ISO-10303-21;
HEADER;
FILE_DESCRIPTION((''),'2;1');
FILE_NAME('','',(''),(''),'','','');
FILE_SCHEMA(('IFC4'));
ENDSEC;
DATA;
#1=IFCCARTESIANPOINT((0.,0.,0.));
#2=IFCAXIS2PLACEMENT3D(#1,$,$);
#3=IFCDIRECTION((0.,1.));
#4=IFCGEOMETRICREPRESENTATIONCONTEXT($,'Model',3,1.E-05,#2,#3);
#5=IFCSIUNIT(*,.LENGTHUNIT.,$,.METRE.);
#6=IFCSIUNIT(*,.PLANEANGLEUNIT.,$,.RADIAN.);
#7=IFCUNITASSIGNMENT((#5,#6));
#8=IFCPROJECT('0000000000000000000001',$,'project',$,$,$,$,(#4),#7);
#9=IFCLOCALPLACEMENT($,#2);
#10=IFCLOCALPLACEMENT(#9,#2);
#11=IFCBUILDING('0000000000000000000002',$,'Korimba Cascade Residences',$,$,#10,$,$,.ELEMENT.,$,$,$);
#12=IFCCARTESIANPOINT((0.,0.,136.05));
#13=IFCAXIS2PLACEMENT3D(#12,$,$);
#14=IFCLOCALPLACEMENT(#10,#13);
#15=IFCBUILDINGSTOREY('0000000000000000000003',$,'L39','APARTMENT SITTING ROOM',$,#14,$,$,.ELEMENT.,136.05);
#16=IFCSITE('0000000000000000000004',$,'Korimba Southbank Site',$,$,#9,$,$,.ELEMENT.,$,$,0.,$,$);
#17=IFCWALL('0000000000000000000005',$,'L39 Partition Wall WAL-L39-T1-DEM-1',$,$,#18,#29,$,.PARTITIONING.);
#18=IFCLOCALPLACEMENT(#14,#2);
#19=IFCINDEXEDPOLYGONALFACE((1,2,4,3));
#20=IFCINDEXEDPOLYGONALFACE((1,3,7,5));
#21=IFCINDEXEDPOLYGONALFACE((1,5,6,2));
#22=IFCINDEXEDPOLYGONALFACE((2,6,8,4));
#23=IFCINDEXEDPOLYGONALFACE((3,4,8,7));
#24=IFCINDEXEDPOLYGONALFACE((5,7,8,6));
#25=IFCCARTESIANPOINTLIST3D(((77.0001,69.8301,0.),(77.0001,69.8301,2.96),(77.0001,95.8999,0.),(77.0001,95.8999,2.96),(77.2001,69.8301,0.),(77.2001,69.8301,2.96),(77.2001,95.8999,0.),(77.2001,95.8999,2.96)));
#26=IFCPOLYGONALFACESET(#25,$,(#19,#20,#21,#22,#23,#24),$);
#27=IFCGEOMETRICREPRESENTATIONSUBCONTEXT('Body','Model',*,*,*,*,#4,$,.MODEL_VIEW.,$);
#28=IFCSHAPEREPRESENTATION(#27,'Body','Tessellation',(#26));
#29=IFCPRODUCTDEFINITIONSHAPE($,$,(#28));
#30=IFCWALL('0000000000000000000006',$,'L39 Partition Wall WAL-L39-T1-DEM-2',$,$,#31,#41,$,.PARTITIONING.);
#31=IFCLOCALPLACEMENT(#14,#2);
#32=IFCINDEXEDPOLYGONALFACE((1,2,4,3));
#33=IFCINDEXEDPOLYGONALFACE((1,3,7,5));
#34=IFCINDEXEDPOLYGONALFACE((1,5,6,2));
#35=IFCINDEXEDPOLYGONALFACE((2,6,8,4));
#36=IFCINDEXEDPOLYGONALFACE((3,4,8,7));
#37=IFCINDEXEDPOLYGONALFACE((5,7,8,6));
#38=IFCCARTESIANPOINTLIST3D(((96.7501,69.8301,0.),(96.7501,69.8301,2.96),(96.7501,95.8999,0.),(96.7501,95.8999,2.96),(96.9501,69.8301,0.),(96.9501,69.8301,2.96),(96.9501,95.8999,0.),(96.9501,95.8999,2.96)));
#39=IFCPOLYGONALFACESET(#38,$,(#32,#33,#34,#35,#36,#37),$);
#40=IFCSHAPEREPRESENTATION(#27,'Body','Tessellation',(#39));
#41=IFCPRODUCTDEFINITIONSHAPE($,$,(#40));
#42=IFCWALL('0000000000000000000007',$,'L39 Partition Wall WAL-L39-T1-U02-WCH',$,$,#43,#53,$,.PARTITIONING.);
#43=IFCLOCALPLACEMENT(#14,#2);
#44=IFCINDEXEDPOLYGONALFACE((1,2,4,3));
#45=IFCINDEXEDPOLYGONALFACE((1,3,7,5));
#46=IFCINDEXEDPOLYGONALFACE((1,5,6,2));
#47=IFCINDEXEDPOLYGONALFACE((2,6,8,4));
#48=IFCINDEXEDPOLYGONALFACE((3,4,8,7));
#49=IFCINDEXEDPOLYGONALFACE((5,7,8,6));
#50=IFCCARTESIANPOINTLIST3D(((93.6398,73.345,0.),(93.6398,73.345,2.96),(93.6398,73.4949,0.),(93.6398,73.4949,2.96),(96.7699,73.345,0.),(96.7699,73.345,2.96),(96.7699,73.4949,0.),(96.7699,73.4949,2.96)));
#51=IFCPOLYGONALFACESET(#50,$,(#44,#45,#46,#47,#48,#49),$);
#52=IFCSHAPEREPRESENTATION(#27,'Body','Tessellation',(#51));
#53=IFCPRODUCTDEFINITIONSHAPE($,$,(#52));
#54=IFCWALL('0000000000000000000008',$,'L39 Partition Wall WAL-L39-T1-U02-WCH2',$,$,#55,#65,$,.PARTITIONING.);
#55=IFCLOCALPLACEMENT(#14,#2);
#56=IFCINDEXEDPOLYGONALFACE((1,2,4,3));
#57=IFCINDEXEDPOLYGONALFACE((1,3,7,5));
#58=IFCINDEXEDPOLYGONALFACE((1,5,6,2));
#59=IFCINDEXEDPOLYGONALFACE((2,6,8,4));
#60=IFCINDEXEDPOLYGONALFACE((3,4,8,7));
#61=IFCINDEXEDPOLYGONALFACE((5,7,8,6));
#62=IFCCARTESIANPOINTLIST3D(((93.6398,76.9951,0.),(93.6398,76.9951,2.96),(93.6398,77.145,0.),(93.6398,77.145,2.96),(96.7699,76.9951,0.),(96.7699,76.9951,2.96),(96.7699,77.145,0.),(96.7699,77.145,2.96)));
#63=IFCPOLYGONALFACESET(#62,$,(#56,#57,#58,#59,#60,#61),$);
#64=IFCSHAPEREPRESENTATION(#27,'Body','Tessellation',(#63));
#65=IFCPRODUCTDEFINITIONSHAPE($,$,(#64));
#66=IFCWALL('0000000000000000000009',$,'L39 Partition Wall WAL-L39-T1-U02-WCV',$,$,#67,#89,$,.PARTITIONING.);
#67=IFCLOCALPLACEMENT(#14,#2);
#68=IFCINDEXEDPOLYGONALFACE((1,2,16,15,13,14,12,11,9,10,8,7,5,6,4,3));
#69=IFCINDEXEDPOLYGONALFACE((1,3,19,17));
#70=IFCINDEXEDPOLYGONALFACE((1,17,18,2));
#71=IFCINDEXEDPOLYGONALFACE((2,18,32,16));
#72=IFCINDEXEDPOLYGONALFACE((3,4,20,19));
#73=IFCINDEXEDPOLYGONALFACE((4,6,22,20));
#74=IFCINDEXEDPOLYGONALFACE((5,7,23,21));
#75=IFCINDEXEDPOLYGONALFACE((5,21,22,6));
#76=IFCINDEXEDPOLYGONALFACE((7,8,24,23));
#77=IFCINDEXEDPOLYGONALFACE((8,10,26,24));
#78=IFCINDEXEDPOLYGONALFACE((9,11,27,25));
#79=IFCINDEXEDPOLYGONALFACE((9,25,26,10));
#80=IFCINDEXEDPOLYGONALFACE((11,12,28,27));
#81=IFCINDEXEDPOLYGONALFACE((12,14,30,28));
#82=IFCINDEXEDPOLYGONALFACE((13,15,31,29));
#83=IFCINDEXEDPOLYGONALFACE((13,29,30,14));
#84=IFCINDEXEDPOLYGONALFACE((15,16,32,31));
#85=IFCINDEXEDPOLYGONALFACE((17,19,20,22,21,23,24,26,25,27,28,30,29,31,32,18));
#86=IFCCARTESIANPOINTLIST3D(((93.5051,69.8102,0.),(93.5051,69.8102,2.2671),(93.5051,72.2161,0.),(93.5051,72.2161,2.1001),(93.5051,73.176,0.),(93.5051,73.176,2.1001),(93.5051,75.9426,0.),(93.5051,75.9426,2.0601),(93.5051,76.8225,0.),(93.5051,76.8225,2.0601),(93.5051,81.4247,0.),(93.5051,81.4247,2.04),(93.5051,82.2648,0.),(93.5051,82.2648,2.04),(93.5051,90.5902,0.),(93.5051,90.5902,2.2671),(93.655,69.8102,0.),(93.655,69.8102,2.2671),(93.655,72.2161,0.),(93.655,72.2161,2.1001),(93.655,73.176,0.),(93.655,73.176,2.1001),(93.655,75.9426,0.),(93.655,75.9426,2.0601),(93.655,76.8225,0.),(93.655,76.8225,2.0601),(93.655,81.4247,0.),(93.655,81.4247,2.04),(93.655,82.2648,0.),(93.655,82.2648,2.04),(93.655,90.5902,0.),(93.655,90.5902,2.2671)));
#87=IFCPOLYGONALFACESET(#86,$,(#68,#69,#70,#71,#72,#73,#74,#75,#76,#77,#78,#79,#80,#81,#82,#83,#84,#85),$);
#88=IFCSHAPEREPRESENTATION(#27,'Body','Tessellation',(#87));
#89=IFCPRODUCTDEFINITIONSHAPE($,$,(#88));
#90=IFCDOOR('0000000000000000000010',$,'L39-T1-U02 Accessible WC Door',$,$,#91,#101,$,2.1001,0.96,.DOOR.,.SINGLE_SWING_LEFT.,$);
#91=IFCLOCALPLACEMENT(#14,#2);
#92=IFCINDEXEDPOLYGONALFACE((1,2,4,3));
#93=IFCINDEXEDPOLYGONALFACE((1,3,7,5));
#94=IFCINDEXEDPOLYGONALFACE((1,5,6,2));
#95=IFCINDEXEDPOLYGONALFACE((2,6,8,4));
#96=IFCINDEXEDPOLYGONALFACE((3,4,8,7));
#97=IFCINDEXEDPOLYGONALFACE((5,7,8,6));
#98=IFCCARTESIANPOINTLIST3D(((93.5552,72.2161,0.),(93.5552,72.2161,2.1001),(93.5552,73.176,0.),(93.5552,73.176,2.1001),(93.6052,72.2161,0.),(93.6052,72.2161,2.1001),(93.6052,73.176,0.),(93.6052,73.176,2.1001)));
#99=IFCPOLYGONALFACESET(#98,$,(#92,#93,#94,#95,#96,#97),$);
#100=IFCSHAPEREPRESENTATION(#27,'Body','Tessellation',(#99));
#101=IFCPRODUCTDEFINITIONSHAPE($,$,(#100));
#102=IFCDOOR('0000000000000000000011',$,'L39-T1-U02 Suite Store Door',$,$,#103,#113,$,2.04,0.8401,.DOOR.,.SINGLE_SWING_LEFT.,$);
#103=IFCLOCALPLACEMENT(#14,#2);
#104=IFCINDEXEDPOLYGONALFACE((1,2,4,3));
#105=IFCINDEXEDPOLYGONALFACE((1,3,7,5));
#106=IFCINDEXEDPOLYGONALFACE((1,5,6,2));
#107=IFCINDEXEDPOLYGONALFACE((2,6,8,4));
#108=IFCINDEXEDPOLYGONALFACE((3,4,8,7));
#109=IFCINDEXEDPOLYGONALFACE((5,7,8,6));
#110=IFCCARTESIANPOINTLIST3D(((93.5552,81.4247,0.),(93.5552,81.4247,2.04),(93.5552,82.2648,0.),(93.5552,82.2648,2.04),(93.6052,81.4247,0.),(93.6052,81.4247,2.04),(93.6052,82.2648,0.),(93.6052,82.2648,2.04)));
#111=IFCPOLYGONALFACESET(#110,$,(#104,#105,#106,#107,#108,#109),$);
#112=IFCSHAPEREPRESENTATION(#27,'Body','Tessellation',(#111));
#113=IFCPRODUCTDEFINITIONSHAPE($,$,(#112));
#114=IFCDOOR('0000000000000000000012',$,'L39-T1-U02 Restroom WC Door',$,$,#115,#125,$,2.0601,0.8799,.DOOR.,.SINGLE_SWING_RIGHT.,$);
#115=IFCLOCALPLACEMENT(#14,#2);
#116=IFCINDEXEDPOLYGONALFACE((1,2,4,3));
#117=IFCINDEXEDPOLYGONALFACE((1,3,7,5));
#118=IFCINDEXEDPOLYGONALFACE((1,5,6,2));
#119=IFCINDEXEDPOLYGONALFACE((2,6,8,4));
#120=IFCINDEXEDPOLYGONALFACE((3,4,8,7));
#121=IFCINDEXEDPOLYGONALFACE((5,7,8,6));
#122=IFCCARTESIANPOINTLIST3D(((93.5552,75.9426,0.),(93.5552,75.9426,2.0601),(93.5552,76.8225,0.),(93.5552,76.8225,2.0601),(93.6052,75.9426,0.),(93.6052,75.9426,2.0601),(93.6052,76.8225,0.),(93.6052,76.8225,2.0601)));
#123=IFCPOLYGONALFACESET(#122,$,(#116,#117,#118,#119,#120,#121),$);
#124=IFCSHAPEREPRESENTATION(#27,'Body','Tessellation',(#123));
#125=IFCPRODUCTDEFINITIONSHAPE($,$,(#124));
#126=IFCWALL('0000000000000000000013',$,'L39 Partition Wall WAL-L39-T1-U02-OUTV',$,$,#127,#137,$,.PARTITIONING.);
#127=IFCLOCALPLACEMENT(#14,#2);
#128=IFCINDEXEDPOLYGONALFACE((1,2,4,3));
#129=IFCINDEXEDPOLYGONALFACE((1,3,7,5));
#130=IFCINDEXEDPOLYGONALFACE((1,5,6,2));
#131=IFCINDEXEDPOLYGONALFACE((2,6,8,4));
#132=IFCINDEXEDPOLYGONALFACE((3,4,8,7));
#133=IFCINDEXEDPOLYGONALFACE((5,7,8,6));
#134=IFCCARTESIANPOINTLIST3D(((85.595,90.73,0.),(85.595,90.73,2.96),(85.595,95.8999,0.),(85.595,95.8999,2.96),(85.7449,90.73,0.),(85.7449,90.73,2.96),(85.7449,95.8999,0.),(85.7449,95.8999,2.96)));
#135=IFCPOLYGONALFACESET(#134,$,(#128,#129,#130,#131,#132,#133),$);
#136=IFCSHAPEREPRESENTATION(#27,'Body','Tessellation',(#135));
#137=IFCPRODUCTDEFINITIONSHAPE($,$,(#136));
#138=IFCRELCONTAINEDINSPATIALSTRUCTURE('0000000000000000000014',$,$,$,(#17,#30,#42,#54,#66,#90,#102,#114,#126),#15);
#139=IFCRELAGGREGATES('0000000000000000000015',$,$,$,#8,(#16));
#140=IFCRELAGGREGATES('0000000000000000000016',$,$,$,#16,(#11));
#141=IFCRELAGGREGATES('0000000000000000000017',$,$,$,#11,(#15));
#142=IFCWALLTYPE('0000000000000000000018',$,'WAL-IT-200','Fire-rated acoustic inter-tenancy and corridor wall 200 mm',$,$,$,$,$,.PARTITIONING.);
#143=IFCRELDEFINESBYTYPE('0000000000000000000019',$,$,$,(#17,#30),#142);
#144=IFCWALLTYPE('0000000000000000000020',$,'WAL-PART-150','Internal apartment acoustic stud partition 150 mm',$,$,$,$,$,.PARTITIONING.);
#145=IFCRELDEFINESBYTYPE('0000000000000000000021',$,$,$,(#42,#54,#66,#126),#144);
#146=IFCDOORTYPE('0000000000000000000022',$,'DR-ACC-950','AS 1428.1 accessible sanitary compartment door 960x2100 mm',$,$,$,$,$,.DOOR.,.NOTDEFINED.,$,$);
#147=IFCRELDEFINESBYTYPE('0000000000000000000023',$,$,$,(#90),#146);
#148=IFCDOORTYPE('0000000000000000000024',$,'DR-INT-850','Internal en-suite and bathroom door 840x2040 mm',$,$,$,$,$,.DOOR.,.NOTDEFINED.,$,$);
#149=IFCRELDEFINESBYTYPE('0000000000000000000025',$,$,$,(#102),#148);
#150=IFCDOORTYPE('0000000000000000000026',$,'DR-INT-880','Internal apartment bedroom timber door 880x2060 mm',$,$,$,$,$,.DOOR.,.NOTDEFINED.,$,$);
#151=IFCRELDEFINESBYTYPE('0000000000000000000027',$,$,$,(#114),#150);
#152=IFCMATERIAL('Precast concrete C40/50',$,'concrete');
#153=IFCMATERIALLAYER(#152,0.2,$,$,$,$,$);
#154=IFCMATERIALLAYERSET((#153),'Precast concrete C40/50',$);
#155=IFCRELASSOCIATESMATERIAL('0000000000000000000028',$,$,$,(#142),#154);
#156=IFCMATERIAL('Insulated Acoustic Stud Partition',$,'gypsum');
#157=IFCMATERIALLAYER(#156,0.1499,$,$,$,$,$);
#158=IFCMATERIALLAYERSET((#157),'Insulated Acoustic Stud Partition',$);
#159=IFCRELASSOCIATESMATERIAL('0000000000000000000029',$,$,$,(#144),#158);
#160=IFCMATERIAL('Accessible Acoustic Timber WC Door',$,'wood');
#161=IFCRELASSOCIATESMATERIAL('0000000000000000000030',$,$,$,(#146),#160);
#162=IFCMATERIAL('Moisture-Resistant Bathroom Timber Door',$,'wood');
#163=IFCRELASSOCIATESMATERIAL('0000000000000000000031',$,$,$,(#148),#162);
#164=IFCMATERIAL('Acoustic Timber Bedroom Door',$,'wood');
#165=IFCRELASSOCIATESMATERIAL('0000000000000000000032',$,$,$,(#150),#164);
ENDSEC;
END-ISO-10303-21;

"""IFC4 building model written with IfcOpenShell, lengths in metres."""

from ifc_helpers import new_model, si_unit, direction, frame, frame_2d, origin, place, context, subcontext, project, spatial, rectangle, extrude, material, layer, layer_set, type_object, element, fill, save


model = new_model("IFC4")

# Units and contexts
model_context = context("Model", 3, precision=1e-05, world=origin(), true_north=direction((0.0, 1.0)))
body_context = subcontext(model_context, "Body", "Model", "MODEL_VIEW")
ifc_project = project(units=[si_unit("LENGTHUNIT", "METRE"), si_unit("PLANEANGLEUNIT", "RADIAN")], contexts=[model_context])

# Site, building, storey
site_placement = place(None, origin())
site = spatial("IfcSite", under=ifc_project, at=site_placement, Name="Korimba Southbank Site", CompositionType="ELEMENT", RefElevation=0.0)
building_placement = place(site_placement, origin())
building = spatial("IfcBuilding", under=site, at=building_placement, Name="Korimba Cascade Residences", CompositionType="ELEMENT")
storey_placement = place(building_placement, frame((0.0, 0.0, 136.05)))
storey = spatial("IfcBuildingStorey", under=building, at=storey_placement, Name="L39", Description="APARTMENT SITTING ROOM", CompositionType="ELEMENT", Elevation=136.05)

# Walls
ifc_material_1 = material(Name="Precast concrete C40/50", Category="concrete")
ifc_layer_1 = layer(ifc_material_1, 0.2)
ifc_layer_set_1 = layer_set([ifc_layer_1], Name="Precast concrete C40/50")
wall_type_1 = type_object("IfcWallType", Name="WAL-IT-200", Description="Fire-rated acoustic inter-tenancy and corridor wall 200 mm", PredefinedType="PARTITIONING", material=ifc_layer_set_1)
for number, where, z_axis, x_axis, name in (
    (1, (77.1001, 69.8301, 0.0), (0.0, 0.0, 1.0), (0.0, 1.0, 0.0), "L39 Partition Wall WAL-L39-T1-DEM-1"),
    (2, (96.8501, 69.8301, 0.0), (0.0, 0.0, 1.0), (0.0, 1.0, 0.0), "L39 Partition Wall WAL-L39-T1-DEM-2"),
):
    element("IfcWall", number, at=place(storey_placement, frame(where, z_axis=z_axis, x_axis=x_axis)), inside=storey, type_object=wall_type_1, Name=name, PredefinedType="PARTITIONING", context=body_context, shape_type="SweptSolid", body=[
        extrude(rectangle(XDim=26.0698, YDim=0.2, at=frame_2d((13.0349, 0.0))), origin(), (0.0, 0.0, 1.0), 2.96),
    ])
ifc_material_2 = material(Name="Insulated Acoustic Stud Partition", Category="gypsum")
ifc_layer_2 = layer(ifc_material_2, 0.1499)
ifc_layer_set_2 = layer_set([ifc_layer_2], Name="Insulated Acoustic Stud Partition")
wall_type_2 = type_object("IfcWallType", Name="WAL-PART-150", Description="Internal apartment acoustic stud partition 150 mm", PredefinedType="PARTITIONING", material=ifc_layer_set_2)
for number, where, z_axis, x_axis, name in (
    (3, (93.6399, 73.4199, 0.0), (0.0, 0.0, 1.0), (1.0, 0.0, 0.0), "L39 Partition Wall WAL-L39-T1-U02-WCH"),
    (4, (93.6399, 77.0701, 0.0), (0.0, 0.0, 1.0), (1.0, 0.0, 0.0), "L39 Partition Wall WAL-L39-T1-U02-WCH2"),
):
    element("IfcWall", number, at=place(storey_placement, frame(where, z_axis=z_axis, x_axis=x_axis)), inside=storey, type_object=wall_type_2, Name=name, PredefinedType="PARTITIONING", context=body_context, shape_type="SweptSolid", body=[
        extrude(rectangle(XDim=3.1301, YDim=0.1499, at=frame_2d((1.5649, 0.0))), origin(), (0.0, 0.0, 1.0), 2.96),
    ])

# Wall, openings, doors
wall_1_placement = place(storey_placement, frame((93.5801, 69.8101, 0.0), z_axis=(0.0, 0.0, 1.0), x_axis=(0.0, 1.0, 0.0)))
wall_1 = element("IfcWall", 5, at=wall_1_placement, inside=storey, type_object=wall_type_2, Name="L39 Partition Wall WAL-L39-T1-U02-WCV", PredefinedType="PARTITIONING", context=body_context, shape_type="SweptSolid", body=[
    extrude(rectangle(XDim=20.78, YDim=0.1499, at=frame_2d((10.3901, 0.0))), origin(), (0.0, 0.0, 1.0), 2.2671),
])
opening_1_placement = place(wall_1_placement, frame((2.406, 0.0, 0.0)))
opening_1 = element("IfcOpeningElement", 6, at=opening_1_placement, cuts=wall_1, PredefinedType="OPENING", context=body_context, shape_type="SweptSolid", body=[
    extrude(rectangle(XDim=0.96, YDim=2.1001, at=frame_2d((0.48, 1.05))), frame((0.0, 0.085, 0.0), z_axis=(0.0, -1.0, 0.0), x_axis=(1.0, 0.0, 0.0)), (0.0, 0.0, 1.0), 0.1699),
])
opening_2_placement = place(wall_1_placement, frame((6.1326, 0.0, 0.0)))
opening_2 = element("IfcOpeningElement", 7, at=opening_2_placement, cuts=wall_1, PredefinedType="OPENING", context=body_context, shape_type="SweptSolid", body=[
    extrude(rectangle(XDim=0.8799, YDim=2.0601, at=frame_2d((0.4399, 1.03))), frame((0.0, 0.085, 0.0), z_axis=(0.0, -1.0, 0.0), x_axis=(1.0, 0.0, 0.0)), (0.0, 0.0, 1.0), 0.1699),
])
opening_3_placement = place(wall_1_placement, frame((11.6147, 0.0, 0.0)))
opening_3 = element("IfcOpeningElement", 8, at=opening_3_placement, cuts=wall_1, PredefinedType="OPENING", context=body_context, shape_type="SweptSolid", body=[
    extrude(rectangle(XDim=0.8401, YDim=2.04, at=frame_2d((0.4199, 1.02))), frame((0.0, 0.085, 0.0), z_axis=(0.0, -1.0, 0.0), x_axis=(1.0, 0.0, 0.0)), (0.0, 0.0, 1.0), 0.1699),
])
ifc_material_3 = material(Name="Accessible Acoustic Timber WC Door", Category="wood")
door_type_1 = type_object("IfcDoorType", Name="DR-ACC-950", Description="AS 1428.1 accessible sanitary compartment door 960x2100 mm", OperationType="NOTDEFINED", PredefinedType="DOOR", material=ifc_material_3)
door_1_placement = place(opening_1_placement, origin())
door_1 = element("IfcDoor", 9, at=door_1_placement, inside=storey, type_object=door_type_1, Name="L39-T1-U02 Accessible WC Door", OperationType="SINGLE_SWING_LEFT", OverallHeight=2.1001, OverallWidth=0.96, PredefinedType="DOOR", context=body_context, shape_type="SweptSolid", body=[
    extrude(rectangle(XDim=0.96, YDim=2.1001, at=frame_2d((0.48, 1.05))), frame((0.0, 0.0249, 0.0), z_axis=(0.0, -1.0, 0.0), x_axis=(1.0, 0.0, 0.0)), (0.0, 0.0, 1.0), 0.05),
])
fill(opening_1, door_1)
ifc_material_4 = material(Name="Moisture-Resistant Bathroom Timber Door", Category="wood")
door_type_2 = type_object("IfcDoorType", Name="DR-INT-850", Description="Internal en-suite and bathroom door 840x2040 mm", OperationType="NOTDEFINED", PredefinedType="DOOR", material=ifc_material_4)
door_2_placement = place(opening_3_placement, origin())
door_2 = element("IfcDoor", 10, at=door_2_placement, inside=storey, type_object=door_type_2, Name="L39-T1-U02 Suite Store Door", OperationType="SINGLE_SWING_LEFT", OverallHeight=2.04, OverallWidth=0.8401, PredefinedType="DOOR", context=body_context, shape_type="SweptSolid", body=[
    extrude(rectangle(XDim=0.8401, YDim=2.04, at=frame_2d((0.4199, 1.02))), frame((0.0, 0.0249, 0.0), z_axis=(0.0, -1.0, 0.0), x_axis=(1.0, 0.0, 0.0)), (0.0, 0.0, 1.0), 0.05),
])
fill(opening_3, door_2)
ifc_material_5 = material(Name="Acoustic Timber Bedroom Door", Category="wood")
door_type_3 = type_object("IfcDoorType", Name="DR-INT-880", Description="Internal apartment bedroom timber door 880x2060 mm", OperationType="NOTDEFINED", PredefinedType="DOOR", material=ifc_material_5)
door_3_placement = place(opening_2_placement, origin())
door_3 = element("IfcDoor", 11, at=door_3_placement, inside=storey, type_object=door_type_3, Name="L39-T1-U02 Restroom WC Door", OperationType="SINGLE_SWING_RIGHT", OverallHeight=2.0601, OverallWidth=0.8799, PredefinedType="DOOR", context=body_context, shape_type="SweptSolid", body=[
    extrude(rectangle(XDim=0.8799, YDim=2.0601, at=frame_2d((0.4399, 1.03))), frame((0.0, 0.0249, 0.0), z_axis=(0.0, -1.0, 0.0), x_axis=(1.0, 0.0, 0.0)), (0.0, 0.0, 1.0), 0.05),
])
fill(opening_2, door_3)

# Wall
wall_2_placement = place(storey_placement, frame((85.6699, 90.73, 0.0), z_axis=(0.0, 0.0, 1.0), x_axis=(0.0, 1.0, 0.0)))
element("IfcWall", 12, at=wall_2_placement, inside=storey, type_object=wall_type_2, Name="L39 Partition Wall WAL-L39-T1-U02-OUTV", PredefinedType="PARTITIONING", context=body_context, shape_type="SweptSolid", body=[
    extrude(rectangle(XDim=5.1699, YDim=0.1499, at=frame_2d((2.585, 0.0))), origin(), (0.0, 0.0, 1.0), 2.96),
])

save(model, "model.ifc")
